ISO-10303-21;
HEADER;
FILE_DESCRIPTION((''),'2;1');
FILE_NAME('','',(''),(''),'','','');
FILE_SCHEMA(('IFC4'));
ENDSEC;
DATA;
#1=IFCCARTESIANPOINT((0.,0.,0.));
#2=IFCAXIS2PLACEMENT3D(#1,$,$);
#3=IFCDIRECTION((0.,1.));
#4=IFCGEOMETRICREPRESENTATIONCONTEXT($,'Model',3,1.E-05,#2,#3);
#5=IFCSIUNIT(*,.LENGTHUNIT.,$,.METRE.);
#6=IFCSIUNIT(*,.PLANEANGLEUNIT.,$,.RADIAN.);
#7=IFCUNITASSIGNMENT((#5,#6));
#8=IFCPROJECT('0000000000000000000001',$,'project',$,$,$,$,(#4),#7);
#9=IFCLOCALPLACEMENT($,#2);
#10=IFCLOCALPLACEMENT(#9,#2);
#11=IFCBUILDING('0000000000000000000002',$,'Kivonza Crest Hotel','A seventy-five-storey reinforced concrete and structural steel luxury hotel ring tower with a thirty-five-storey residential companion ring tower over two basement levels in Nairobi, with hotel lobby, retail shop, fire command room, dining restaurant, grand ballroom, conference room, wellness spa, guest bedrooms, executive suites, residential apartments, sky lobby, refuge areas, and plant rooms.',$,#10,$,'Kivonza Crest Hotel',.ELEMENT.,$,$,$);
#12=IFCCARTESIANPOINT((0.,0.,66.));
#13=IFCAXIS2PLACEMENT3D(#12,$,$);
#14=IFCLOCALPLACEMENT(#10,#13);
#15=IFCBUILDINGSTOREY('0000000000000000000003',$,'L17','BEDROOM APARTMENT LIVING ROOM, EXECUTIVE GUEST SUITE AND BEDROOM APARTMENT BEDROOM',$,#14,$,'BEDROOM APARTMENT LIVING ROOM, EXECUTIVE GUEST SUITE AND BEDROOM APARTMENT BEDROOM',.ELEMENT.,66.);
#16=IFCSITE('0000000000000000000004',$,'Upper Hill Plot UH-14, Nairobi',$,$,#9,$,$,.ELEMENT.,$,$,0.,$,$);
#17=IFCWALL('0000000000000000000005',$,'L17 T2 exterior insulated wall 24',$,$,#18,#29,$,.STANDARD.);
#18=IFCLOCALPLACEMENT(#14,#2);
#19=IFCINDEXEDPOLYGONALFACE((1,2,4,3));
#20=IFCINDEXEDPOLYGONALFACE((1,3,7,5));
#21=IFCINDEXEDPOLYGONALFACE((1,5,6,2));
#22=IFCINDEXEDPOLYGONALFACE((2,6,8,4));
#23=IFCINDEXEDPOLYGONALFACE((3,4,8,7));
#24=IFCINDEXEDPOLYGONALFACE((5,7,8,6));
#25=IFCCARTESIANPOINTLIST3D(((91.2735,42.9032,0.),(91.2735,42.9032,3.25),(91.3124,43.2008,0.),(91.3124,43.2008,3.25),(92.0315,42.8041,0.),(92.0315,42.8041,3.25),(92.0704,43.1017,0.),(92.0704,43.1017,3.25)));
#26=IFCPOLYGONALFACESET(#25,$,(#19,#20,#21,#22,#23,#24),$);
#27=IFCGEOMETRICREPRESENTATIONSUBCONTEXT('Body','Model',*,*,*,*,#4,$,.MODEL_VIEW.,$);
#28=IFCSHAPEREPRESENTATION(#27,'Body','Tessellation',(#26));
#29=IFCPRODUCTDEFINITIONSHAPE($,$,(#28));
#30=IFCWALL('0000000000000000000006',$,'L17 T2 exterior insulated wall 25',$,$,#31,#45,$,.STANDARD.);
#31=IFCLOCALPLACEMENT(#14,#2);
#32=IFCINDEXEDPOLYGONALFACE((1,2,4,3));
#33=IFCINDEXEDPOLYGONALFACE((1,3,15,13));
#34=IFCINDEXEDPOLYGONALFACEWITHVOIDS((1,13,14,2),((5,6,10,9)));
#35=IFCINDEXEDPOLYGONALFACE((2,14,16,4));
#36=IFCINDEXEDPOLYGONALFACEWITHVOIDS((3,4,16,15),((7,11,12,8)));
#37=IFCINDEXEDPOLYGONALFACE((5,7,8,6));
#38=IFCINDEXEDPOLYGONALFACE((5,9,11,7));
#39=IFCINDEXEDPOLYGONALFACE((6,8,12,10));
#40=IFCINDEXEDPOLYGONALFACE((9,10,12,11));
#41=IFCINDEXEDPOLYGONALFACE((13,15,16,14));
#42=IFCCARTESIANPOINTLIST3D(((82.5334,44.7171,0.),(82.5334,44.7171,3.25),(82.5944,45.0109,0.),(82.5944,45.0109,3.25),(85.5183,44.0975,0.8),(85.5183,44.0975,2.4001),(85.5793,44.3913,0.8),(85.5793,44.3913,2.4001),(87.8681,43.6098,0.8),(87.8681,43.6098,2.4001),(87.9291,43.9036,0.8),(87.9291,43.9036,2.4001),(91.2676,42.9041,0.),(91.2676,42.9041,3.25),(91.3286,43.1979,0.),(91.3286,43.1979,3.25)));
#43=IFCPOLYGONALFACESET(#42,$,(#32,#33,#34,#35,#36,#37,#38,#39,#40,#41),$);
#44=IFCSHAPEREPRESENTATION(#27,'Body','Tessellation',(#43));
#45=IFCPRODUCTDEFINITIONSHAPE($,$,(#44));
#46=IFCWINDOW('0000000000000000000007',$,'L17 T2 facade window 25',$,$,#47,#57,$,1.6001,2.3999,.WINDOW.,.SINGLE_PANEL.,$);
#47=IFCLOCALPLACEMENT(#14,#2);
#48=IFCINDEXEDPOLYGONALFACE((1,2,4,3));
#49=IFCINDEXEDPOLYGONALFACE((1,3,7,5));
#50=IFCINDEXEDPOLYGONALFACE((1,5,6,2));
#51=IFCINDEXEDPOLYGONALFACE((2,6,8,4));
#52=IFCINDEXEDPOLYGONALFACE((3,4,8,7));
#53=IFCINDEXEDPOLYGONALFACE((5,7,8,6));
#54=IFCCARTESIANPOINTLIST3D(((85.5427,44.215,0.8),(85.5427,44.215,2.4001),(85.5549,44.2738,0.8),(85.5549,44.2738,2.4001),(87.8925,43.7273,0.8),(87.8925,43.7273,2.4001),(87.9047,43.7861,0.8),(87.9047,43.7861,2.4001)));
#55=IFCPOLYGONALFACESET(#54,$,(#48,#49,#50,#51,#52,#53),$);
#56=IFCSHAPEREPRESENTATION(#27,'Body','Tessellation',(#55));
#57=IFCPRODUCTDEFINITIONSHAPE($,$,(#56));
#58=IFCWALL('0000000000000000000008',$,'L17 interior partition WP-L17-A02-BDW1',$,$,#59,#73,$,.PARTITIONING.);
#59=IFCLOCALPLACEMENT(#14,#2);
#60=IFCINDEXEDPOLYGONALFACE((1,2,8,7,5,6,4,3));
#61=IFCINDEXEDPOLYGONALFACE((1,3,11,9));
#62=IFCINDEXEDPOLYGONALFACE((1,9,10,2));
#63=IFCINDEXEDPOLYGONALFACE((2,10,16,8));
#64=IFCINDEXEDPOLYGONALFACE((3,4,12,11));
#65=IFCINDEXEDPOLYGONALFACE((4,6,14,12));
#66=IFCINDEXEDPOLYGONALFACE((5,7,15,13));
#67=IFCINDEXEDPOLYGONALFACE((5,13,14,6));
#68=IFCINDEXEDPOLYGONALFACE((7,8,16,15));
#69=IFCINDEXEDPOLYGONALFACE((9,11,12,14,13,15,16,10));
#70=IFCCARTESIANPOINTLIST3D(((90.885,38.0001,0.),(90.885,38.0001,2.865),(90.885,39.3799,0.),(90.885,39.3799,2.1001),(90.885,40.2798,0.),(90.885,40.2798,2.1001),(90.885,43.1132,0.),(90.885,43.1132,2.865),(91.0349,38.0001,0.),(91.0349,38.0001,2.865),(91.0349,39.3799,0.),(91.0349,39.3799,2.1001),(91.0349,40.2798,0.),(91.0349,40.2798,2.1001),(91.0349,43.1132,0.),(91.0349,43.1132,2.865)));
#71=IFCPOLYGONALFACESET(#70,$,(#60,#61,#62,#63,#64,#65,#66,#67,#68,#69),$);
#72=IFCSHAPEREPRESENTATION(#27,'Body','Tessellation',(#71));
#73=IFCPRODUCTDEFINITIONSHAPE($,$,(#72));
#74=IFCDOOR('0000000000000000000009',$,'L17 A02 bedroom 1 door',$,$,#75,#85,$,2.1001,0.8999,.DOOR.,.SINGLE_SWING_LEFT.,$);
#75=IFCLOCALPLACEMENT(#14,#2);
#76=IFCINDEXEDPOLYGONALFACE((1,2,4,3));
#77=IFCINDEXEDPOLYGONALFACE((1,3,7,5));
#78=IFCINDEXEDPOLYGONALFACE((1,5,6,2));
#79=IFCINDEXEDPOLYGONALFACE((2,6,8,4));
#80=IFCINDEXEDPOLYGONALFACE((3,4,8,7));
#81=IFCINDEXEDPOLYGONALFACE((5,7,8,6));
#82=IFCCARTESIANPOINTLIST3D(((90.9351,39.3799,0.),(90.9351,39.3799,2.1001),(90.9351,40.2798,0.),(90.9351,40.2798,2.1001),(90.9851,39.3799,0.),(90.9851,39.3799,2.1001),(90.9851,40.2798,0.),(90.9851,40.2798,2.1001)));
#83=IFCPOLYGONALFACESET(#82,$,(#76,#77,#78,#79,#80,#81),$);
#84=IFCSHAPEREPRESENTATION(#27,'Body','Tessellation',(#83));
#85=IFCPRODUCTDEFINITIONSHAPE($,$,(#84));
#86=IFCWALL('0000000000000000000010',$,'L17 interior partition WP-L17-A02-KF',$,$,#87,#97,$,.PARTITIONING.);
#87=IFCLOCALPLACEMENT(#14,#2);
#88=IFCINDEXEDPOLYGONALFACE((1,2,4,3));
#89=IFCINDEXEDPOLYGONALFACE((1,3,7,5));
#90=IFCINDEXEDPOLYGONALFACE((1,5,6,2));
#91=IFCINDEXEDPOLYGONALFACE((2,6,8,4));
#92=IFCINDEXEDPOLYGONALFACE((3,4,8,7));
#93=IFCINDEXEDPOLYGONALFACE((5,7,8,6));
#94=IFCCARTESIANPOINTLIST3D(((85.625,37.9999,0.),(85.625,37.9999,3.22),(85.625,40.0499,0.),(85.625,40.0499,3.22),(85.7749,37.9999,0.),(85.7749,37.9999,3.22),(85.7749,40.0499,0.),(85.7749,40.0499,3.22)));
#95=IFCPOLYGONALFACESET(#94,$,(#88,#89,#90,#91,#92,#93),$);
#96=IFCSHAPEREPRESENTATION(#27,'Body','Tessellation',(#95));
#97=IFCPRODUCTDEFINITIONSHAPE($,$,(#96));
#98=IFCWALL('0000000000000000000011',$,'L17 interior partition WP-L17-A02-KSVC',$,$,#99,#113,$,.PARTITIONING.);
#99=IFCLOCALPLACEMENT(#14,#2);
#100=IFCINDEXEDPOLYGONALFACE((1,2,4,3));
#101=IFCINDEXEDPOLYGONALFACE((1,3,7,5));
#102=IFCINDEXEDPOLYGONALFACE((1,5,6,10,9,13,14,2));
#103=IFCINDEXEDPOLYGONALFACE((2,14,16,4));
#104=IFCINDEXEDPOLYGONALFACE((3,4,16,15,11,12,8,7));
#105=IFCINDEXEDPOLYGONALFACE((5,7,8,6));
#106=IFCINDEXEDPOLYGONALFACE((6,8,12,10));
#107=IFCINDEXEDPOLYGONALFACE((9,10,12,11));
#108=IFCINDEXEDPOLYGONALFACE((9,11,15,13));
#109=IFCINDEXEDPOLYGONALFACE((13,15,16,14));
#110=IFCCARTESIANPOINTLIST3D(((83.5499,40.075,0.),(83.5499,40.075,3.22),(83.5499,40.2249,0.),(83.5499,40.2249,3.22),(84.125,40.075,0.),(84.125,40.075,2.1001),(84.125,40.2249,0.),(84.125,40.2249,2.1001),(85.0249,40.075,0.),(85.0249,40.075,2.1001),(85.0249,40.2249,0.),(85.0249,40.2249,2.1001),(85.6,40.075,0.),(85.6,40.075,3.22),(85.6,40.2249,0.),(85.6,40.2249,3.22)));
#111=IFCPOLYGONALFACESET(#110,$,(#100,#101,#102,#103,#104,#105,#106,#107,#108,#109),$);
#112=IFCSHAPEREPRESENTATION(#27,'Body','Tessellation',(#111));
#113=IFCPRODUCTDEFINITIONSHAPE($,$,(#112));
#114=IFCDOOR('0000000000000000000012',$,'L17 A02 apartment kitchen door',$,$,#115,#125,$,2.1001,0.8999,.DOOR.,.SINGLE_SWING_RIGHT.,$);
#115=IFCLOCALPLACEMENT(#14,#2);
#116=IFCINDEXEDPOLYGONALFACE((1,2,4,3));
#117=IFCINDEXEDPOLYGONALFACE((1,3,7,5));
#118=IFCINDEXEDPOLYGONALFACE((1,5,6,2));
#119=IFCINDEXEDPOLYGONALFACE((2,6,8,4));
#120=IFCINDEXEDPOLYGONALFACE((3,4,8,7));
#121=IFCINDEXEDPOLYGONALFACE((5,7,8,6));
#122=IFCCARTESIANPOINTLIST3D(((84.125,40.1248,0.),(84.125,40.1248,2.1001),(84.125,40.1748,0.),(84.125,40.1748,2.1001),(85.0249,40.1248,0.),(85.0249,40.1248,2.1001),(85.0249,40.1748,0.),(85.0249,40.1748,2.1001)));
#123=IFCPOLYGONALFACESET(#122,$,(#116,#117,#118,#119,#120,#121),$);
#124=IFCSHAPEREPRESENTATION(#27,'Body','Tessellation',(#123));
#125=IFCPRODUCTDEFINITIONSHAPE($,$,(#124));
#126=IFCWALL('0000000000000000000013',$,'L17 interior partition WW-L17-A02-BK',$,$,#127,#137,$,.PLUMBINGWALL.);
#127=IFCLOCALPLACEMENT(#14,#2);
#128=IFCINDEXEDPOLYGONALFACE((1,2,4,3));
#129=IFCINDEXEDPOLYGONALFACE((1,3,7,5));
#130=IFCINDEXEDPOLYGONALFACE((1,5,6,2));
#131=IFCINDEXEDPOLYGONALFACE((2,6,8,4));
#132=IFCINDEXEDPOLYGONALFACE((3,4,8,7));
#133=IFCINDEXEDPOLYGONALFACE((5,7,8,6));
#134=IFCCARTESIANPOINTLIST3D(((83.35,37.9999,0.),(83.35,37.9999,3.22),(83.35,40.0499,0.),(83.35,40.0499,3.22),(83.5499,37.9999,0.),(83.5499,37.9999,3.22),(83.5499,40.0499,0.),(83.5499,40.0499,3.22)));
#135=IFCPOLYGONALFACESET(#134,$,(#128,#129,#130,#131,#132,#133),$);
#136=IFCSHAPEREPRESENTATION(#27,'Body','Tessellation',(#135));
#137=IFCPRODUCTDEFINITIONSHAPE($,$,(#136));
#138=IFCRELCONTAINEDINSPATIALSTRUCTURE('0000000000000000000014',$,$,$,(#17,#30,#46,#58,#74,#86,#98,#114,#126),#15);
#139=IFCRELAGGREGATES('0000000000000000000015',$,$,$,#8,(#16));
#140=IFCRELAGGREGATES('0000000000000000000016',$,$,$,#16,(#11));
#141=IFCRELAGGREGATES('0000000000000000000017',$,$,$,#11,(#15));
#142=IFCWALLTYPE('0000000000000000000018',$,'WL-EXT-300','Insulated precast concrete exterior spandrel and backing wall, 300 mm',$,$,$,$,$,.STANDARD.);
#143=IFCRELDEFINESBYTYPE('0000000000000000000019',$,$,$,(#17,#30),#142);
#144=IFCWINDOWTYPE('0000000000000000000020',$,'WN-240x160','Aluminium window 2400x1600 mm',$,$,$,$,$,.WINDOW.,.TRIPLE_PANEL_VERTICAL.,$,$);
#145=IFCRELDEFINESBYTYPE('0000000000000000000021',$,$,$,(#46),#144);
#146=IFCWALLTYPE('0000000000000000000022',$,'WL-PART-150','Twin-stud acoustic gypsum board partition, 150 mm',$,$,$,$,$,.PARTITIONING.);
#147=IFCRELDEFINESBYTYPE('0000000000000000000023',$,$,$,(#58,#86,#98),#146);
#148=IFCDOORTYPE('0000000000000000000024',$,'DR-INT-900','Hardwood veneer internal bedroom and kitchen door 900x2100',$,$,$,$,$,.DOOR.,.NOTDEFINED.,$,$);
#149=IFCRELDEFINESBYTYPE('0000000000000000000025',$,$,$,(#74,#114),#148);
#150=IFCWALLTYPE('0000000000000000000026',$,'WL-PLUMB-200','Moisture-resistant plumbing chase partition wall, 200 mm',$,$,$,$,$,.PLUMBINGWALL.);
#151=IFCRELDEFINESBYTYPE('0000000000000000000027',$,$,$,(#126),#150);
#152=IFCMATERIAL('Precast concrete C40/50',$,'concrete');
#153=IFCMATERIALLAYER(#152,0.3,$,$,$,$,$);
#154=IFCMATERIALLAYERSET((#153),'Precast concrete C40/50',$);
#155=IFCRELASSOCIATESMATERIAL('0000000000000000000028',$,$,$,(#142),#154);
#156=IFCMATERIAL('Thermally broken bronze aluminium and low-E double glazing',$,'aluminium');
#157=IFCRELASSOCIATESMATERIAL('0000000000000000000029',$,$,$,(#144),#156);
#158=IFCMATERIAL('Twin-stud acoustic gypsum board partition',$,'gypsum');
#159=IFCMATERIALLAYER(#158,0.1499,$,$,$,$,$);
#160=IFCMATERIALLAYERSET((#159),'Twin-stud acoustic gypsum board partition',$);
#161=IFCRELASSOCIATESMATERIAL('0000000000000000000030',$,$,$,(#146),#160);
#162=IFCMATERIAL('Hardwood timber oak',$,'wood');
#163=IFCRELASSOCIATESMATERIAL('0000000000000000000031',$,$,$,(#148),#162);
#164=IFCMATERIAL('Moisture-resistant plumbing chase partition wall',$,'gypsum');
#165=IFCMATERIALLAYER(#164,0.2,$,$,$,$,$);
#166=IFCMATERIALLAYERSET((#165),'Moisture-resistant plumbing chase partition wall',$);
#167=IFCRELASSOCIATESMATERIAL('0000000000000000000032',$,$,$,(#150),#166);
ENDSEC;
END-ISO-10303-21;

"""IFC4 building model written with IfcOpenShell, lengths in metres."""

from ifc_helpers import new_model, si_unit, direction, frame, frame_2d, origin, place, context, subcontext, project, spatial, rectangle, extrude, material, layer, layer_set, type_object, element, fill, save


model = new_model("IFC4")

# Units and contexts
model_context = context("Model", 3, precision=1e-05, world=origin(), true_north=direction((0.0, 1.0)))
body_context = subcontext(model_context, "Body", "Model", "MODEL_VIEW")
ifc_project = project(units=[si_unit("LENGTHUNIT", "METRE"), si_unit("PLANEANGLEUNIT", "RADIAN")], contexts=[model_context])

# Site, building, storey
site_placement = place(None, origin())
site = spatial("IfcSite", under=ifc_project, at=site_placement, Name="Upper Hill Plot UH-14, Nairobi", CompositionType="ELEMENT", RefElevation=0.0)
building_placement = place(site_placement, origin())
building = spatial("IfcBuilding", under=site, at=building_placement, Name="Kivonza Crest Hotel", Description="A seventy-five-storey reinforced concrete and structural steel luxury hotel ring tower with a thirty-five-storey residential companion ring tower over two basement levels in Nairobi, with hotel lobby, retail shop, fire command room, dining restaurant, grand ballroom, conference room, wellness spa, guest bedrooms, executive suites, residential apartments, sky lobby, refuge areas, and plant rooms.", LongName="Kivonza Crest Hotel", CompositionType="ELEMENT")
storey_placement = place(building_placement, frame((0.0, 0.0, 66.0)))
storey = spatial("IfcBuildingStorey", under=building, at=storey_placement, Name="L17", Description="BEDROOM APARTMENT LIVING ROOM, EXECUTIVE GUEST SUITE AND BEDROOM APARTMENT BEDROOM", LongName="BEDROOM APARTMENT LIVING ROOM, EXECUTIVE GUEST SUITE AND BEDROOM APARTMENT BEDROOM", CompositionType="ELEMENT", Elevation=66.0)

# Shared definitions
ifc_material_1 = material(Name="Hardwood timber oak", Category="wood")

# Wall
ifc_material_2 = material(Name="Precast concrete C40/50", Category="concrete")
ifc_layer_1 = layer(ifc_material_2, 0.3)
ifc_layer_set_1 = layer_set([ifc_layer_1], Name="Precast concrete C40/50")
wall_type_1 = type_object("IfcWallType", Name="WL-EXT-300", Description="Insulated precast concrete exterior spandrel and backing wall, 300 mm", PredefinedType="STANDARD", material=ifc_layer_set_1)
wall_1_placement = place(storey_placement, frame((92.051, 42.9529, 0.0), z_axis=(0.0, 0.0, 1.0), x_axis=(-0.991559, 0.129653, 0.0)))
element("IfcWall", 1, at=wall_1_placement, inside=storey, type_object=wall_type_1, Name="L17 T2 exterior insulated wall 24", PredefinedType="STANDARD", context=body_context, shape_type="SweptSolid", body=[
    extrude(rectangle(XDim=0.7644, YDim=0.3, at=frame_2d((0.3823, 0.0))), origin(), (0.0, 0.0, 1.0), 3.25),
])

# Wall, opening, window
wall_2_placement = place(storey_placement, frame((91.2981, 43.051, 0.0), z_axis=(0.0, 0.0, 1.0), x_axis=(-0.979128, 0.203243, 0.0)))
wall_2 = element("IfcWall", 2, at=wall_2_placement, inside=storey, type_object=wall_type_1, Name="L17 T2 exterior insulated wall 25", PredefinedType="STANDARD", context=body_context, shape_type="SweptSolid", body=[
    extrude(rectangle(XDim=8.9204, YDim=0.3, at=frame_2d((4.4602, 0.0))), origin(), (0.0, 0.0, 1.0), 3.25),
])
opening_1_placement = place(wall_2_placement, frame((3.4719, 0.0, 0.8)))
opening_1 = element("IfcOpeningElement", 3, at=opening_1_placement, cuts=wall_2, PredefinedType="OPENING", context=body_context, shape_type="SweptSolid", body=[
    extrude(rectangle(XDim=2.3999, YDim=1.6001, at=frame_2d((1.2, 0.8))), frame((0.0, 0.1602, 0.0), z_axis=(0.0, -1.0, 0.0), x_axis=(1.0, 0.0, 0.0)), (0.0, 0.0, 1.0), 0.3201),
])
ifc_material_3 = material(Name="Thermally broken bronze aluminium and low-E double glazing", Category="aluminium")
window_type = type_object("IfcWindowType", Name="WN-240x160", Description="Aluminium window 2400x1600 mm", PartitioningType="TRIPLE_PANEL_VERTICAL", PredefinedType="WINDOW", material=ifc_material_3)
window_placement = place(opening_1_placement, origin())
window = element("IfcWindow", 4, at=window_placement, inside=storey, type_object=window_type, Name="L17 T2 facade window 25", OverallHeight=1.6001, OverallWidth=2.3999, PartitioningType="SINGLE_PANEL", PredefinedType="WINDOW", context=body_context, shape_type="SweptSolid", body=[
    extrude(rectangle(XDim=2.3999, YDim=1.6001, at=frame_2d((1.2, 0.8))), frame((0.0, 0.03, 0.0), z_axis=(0.0, -1.0, 0.0), x_axis=(1.0, 0.0, 0.0)), (0.0, 0.0, 1.0), 0.0601),
])
fill(opening_1, window)

# Wall, opening, door
ifc_material_4 = material(Name="Twin-stud acoustic gypsum board partition", Category="gypsum")
ifc_layer_2 = layer(ifc_material_4, 0.1499)
ifc_layer_set_2 = layer_set([ifc_layer_2], Name="Twin-stud acoustic gypsum board partition")
wall_type_2 = type_object("IfcWallType", Name="WL-PART-150", Description="Twin-stud acoustic gypsum board partition, 150 mm", PredefinedType="PARTITIONING", material=ifc_layer_set_2)
wall_3_placement = place(storey_placement, frame((90.96, 38.0, 0.0), z_axis=(0.0, 0.0, 1.0), x_axis=(0.0, 1.0, 0.0)))
wall_3 = element("IfcWall", 5, at=wall_3_placement, inside=storey, type_object=wall_type_2, Name="L17 interior partition WP-L17-A02-BDW1", PredefinedType="PARTITIONING", context=body_context, shape_type="SweptSolid", body=[
    extrude(rectangle(XDim=5.113, YDim=0.1499, at=frame_2d((2.5566, 0.0))), origin(), (0.0, 0.0, 1.0), 2.865),
])
opening_2_placement = place(wall_3_placement, frame((1.3799, 0.0, 0.0)))
opening_2 = element("IfcOpeningElement", 6, at=opening_2_placement, cuts=wall_3, PredefinedType="OPENING", context=body_context, shape_type="SweptSolid", body=[
    extrude(rectangle(XDim=0.8999, YDim=2.1001, at=frame_2d((0.45, 1.05))), frame((0.0, 0.085, 0.0), z_axis=(0.0, -1.0, 0.0), x_axis=(1.0, 0.0, 0.0)), (0.0, 0.0, 1.0), 0.1699),
])
door_type_1 = type_object("IfcDoorType", Name="DR-INT-900", Description="Hardwood veneer internal bedroom and kitchen door 900x2100", OperationType="NOTDEFINED", PredefinedType="DOOR", material=ifc_material_1)
door_1_placement = place(opening_2_placement, origin())
door_1 = element("IfcDoor", 7, at=door_1_placement, inside=storey, type_object=door_type_1, Name="L17 A02 bedroom 1 door", OperationType="SINGLE_SWING_LEFT", OverallHeight=2.1001, OverallWidth=0.8999, PredefinedType="DOOR", context=body_context, shape_type="SweptSolid", body=[
    extrude(rectangle(XDim=0.8999, YDim=2.1001, at=frame_2d((0.45, 1.05))), frame((0.0, 0.0249, 0.0), z_axis=(0.0, -1.0, 0.0), x_axis=(1.0, 0.0, 0.0)), (0.0, 0.0, 1.0), 0.05),
])
fill(opening_2, door_1)

# Wall
wall_4_placement = place(storey_placement, frame((85.7, 38.0, 0.0), z_axis=(0.0, 0.0, 1.0), x_axis=(0.0, 1.0, 0.0)))
element("IfcWall", 8, at=wall_4_placement, inside=storey, type_object=wall_type_2, Name="L17 interior partition WP-L17-A02-KF", PredefinedType="PARTITIONING", context=body_context, shape_type="SweptSolid", body=[
    extrude(rectangle(XDim=2.05, YDim=0.1499, at=frame_2d((1.0249, 0.0))), origin(), (0.0, 0.0, 1.0), 3.22),
])

# Wall, opening, door
wall_5_placement = place(storey_placement, frame((83.55, 40.1499, 0.0), z_axis=(0.0, 0.0, 1.0), x_axis=(1.0, 0.0, 0.0)))
wall_5 = element("IfcWall", 9, at=wall_5_placement, inside=storey, type_object=wall_type_2, Name="L17 interior partition WP-L17-A02-KSVC", PredefinedType="PARTITIONING", context=body_context, shape_type="SweptSolid", body=[
    extrude(rectangle(XDim=2.05, YDim=0.1499, at=frame_2d((1.0249, 0.0))), origin(), (0.0, 0.0, 1.0), 3.22),
])
opening_3_placement = place(wall_5_placement, frame((0.575, 0.0, 0.0)))
opening_3 = element("IfcOpeningElement", 10, at=opening_3_placement, cuts=wall_5, PredefinedType="OPENING", context=body_context, shape_type="SweptSolid", body=[
    extrude(rectangle(XDim=0.8999, YDim=2.1001, at=frame_2d((0.45, 1.05))), frame((0.0, 0.085, 0.0), z_axis=(0.0, -1.0, 0.0), x_axis=(1.0, 0.0, 0.0)), (0.0, 0.0, 1.0), 0.1699),
])
door_2_placement = place(opening_3_placement, origin())
door_2 = element("IfcDoor", 11, at=door_2_placement, inside=storey, type_object=door_type_1, Name="L17 A02 apartment kitchen door", OperationType="SINGLE_SWING_RIGHT", OverallHeight=2.1001, OverallWidth=0.8999, PredefinedType="DOOR", context=body_context, shape_type="SweptSolid", body=[
    extrude(rectangle(XDim=0.8999, YDim=2.1001, at=frame_2d((0.45, 1.05))), frame((0.0, 0.0249, 0.0), z_axis=(0.0, -1.0, 0.0), x_axis=(1.0, 0.0, 0.0)), (0.0, 0.0, 1.0), 0.05),
])
fill(opening_3, door_2)

# Wall
ifc_material_5 = material(Name="Moisture-resistant plumbing chase partition wall", Category="gypsum")
ifc_layer_3 = layer(ifc_material_5, 0.2)
ifc_layer_set_3 = layer_set([ifc_layer_3], Name="Moisture-resistant plumbing chase partition wall")
wall_type_3 = type_object("IfcWallType", Name="WL-PLUMB-200", Description="Moisture-resistant plumbing chase partition wall, 200 mm", PredefinedType="PLUMBINGWALL", material=ifc_layer_set_3)
wall_6_placement = place(storey_placement, frame((83.45, 38.0, 0.0), z_axis=(0.0, 0.0, 1.0), x_axis=(0.0, 1.0, 0.0)))
element("IfcWall", 12, at=wall_6_placement, inside=storey, type_object=wall_type_3, Name="L17 interior partition WW-L17-A02-BK", PredefinedType="PLUMBINGWALL", context=body_context, shape_type="SweptSolid", body=[
    extrude(rectangle(XDim=2.05, YDim=0.2, at=frame_2d((1.0249, 0.0))), origin(), (0.0, 0.0, 1.0), 3.22),
])

save(model, "model.ifc")
